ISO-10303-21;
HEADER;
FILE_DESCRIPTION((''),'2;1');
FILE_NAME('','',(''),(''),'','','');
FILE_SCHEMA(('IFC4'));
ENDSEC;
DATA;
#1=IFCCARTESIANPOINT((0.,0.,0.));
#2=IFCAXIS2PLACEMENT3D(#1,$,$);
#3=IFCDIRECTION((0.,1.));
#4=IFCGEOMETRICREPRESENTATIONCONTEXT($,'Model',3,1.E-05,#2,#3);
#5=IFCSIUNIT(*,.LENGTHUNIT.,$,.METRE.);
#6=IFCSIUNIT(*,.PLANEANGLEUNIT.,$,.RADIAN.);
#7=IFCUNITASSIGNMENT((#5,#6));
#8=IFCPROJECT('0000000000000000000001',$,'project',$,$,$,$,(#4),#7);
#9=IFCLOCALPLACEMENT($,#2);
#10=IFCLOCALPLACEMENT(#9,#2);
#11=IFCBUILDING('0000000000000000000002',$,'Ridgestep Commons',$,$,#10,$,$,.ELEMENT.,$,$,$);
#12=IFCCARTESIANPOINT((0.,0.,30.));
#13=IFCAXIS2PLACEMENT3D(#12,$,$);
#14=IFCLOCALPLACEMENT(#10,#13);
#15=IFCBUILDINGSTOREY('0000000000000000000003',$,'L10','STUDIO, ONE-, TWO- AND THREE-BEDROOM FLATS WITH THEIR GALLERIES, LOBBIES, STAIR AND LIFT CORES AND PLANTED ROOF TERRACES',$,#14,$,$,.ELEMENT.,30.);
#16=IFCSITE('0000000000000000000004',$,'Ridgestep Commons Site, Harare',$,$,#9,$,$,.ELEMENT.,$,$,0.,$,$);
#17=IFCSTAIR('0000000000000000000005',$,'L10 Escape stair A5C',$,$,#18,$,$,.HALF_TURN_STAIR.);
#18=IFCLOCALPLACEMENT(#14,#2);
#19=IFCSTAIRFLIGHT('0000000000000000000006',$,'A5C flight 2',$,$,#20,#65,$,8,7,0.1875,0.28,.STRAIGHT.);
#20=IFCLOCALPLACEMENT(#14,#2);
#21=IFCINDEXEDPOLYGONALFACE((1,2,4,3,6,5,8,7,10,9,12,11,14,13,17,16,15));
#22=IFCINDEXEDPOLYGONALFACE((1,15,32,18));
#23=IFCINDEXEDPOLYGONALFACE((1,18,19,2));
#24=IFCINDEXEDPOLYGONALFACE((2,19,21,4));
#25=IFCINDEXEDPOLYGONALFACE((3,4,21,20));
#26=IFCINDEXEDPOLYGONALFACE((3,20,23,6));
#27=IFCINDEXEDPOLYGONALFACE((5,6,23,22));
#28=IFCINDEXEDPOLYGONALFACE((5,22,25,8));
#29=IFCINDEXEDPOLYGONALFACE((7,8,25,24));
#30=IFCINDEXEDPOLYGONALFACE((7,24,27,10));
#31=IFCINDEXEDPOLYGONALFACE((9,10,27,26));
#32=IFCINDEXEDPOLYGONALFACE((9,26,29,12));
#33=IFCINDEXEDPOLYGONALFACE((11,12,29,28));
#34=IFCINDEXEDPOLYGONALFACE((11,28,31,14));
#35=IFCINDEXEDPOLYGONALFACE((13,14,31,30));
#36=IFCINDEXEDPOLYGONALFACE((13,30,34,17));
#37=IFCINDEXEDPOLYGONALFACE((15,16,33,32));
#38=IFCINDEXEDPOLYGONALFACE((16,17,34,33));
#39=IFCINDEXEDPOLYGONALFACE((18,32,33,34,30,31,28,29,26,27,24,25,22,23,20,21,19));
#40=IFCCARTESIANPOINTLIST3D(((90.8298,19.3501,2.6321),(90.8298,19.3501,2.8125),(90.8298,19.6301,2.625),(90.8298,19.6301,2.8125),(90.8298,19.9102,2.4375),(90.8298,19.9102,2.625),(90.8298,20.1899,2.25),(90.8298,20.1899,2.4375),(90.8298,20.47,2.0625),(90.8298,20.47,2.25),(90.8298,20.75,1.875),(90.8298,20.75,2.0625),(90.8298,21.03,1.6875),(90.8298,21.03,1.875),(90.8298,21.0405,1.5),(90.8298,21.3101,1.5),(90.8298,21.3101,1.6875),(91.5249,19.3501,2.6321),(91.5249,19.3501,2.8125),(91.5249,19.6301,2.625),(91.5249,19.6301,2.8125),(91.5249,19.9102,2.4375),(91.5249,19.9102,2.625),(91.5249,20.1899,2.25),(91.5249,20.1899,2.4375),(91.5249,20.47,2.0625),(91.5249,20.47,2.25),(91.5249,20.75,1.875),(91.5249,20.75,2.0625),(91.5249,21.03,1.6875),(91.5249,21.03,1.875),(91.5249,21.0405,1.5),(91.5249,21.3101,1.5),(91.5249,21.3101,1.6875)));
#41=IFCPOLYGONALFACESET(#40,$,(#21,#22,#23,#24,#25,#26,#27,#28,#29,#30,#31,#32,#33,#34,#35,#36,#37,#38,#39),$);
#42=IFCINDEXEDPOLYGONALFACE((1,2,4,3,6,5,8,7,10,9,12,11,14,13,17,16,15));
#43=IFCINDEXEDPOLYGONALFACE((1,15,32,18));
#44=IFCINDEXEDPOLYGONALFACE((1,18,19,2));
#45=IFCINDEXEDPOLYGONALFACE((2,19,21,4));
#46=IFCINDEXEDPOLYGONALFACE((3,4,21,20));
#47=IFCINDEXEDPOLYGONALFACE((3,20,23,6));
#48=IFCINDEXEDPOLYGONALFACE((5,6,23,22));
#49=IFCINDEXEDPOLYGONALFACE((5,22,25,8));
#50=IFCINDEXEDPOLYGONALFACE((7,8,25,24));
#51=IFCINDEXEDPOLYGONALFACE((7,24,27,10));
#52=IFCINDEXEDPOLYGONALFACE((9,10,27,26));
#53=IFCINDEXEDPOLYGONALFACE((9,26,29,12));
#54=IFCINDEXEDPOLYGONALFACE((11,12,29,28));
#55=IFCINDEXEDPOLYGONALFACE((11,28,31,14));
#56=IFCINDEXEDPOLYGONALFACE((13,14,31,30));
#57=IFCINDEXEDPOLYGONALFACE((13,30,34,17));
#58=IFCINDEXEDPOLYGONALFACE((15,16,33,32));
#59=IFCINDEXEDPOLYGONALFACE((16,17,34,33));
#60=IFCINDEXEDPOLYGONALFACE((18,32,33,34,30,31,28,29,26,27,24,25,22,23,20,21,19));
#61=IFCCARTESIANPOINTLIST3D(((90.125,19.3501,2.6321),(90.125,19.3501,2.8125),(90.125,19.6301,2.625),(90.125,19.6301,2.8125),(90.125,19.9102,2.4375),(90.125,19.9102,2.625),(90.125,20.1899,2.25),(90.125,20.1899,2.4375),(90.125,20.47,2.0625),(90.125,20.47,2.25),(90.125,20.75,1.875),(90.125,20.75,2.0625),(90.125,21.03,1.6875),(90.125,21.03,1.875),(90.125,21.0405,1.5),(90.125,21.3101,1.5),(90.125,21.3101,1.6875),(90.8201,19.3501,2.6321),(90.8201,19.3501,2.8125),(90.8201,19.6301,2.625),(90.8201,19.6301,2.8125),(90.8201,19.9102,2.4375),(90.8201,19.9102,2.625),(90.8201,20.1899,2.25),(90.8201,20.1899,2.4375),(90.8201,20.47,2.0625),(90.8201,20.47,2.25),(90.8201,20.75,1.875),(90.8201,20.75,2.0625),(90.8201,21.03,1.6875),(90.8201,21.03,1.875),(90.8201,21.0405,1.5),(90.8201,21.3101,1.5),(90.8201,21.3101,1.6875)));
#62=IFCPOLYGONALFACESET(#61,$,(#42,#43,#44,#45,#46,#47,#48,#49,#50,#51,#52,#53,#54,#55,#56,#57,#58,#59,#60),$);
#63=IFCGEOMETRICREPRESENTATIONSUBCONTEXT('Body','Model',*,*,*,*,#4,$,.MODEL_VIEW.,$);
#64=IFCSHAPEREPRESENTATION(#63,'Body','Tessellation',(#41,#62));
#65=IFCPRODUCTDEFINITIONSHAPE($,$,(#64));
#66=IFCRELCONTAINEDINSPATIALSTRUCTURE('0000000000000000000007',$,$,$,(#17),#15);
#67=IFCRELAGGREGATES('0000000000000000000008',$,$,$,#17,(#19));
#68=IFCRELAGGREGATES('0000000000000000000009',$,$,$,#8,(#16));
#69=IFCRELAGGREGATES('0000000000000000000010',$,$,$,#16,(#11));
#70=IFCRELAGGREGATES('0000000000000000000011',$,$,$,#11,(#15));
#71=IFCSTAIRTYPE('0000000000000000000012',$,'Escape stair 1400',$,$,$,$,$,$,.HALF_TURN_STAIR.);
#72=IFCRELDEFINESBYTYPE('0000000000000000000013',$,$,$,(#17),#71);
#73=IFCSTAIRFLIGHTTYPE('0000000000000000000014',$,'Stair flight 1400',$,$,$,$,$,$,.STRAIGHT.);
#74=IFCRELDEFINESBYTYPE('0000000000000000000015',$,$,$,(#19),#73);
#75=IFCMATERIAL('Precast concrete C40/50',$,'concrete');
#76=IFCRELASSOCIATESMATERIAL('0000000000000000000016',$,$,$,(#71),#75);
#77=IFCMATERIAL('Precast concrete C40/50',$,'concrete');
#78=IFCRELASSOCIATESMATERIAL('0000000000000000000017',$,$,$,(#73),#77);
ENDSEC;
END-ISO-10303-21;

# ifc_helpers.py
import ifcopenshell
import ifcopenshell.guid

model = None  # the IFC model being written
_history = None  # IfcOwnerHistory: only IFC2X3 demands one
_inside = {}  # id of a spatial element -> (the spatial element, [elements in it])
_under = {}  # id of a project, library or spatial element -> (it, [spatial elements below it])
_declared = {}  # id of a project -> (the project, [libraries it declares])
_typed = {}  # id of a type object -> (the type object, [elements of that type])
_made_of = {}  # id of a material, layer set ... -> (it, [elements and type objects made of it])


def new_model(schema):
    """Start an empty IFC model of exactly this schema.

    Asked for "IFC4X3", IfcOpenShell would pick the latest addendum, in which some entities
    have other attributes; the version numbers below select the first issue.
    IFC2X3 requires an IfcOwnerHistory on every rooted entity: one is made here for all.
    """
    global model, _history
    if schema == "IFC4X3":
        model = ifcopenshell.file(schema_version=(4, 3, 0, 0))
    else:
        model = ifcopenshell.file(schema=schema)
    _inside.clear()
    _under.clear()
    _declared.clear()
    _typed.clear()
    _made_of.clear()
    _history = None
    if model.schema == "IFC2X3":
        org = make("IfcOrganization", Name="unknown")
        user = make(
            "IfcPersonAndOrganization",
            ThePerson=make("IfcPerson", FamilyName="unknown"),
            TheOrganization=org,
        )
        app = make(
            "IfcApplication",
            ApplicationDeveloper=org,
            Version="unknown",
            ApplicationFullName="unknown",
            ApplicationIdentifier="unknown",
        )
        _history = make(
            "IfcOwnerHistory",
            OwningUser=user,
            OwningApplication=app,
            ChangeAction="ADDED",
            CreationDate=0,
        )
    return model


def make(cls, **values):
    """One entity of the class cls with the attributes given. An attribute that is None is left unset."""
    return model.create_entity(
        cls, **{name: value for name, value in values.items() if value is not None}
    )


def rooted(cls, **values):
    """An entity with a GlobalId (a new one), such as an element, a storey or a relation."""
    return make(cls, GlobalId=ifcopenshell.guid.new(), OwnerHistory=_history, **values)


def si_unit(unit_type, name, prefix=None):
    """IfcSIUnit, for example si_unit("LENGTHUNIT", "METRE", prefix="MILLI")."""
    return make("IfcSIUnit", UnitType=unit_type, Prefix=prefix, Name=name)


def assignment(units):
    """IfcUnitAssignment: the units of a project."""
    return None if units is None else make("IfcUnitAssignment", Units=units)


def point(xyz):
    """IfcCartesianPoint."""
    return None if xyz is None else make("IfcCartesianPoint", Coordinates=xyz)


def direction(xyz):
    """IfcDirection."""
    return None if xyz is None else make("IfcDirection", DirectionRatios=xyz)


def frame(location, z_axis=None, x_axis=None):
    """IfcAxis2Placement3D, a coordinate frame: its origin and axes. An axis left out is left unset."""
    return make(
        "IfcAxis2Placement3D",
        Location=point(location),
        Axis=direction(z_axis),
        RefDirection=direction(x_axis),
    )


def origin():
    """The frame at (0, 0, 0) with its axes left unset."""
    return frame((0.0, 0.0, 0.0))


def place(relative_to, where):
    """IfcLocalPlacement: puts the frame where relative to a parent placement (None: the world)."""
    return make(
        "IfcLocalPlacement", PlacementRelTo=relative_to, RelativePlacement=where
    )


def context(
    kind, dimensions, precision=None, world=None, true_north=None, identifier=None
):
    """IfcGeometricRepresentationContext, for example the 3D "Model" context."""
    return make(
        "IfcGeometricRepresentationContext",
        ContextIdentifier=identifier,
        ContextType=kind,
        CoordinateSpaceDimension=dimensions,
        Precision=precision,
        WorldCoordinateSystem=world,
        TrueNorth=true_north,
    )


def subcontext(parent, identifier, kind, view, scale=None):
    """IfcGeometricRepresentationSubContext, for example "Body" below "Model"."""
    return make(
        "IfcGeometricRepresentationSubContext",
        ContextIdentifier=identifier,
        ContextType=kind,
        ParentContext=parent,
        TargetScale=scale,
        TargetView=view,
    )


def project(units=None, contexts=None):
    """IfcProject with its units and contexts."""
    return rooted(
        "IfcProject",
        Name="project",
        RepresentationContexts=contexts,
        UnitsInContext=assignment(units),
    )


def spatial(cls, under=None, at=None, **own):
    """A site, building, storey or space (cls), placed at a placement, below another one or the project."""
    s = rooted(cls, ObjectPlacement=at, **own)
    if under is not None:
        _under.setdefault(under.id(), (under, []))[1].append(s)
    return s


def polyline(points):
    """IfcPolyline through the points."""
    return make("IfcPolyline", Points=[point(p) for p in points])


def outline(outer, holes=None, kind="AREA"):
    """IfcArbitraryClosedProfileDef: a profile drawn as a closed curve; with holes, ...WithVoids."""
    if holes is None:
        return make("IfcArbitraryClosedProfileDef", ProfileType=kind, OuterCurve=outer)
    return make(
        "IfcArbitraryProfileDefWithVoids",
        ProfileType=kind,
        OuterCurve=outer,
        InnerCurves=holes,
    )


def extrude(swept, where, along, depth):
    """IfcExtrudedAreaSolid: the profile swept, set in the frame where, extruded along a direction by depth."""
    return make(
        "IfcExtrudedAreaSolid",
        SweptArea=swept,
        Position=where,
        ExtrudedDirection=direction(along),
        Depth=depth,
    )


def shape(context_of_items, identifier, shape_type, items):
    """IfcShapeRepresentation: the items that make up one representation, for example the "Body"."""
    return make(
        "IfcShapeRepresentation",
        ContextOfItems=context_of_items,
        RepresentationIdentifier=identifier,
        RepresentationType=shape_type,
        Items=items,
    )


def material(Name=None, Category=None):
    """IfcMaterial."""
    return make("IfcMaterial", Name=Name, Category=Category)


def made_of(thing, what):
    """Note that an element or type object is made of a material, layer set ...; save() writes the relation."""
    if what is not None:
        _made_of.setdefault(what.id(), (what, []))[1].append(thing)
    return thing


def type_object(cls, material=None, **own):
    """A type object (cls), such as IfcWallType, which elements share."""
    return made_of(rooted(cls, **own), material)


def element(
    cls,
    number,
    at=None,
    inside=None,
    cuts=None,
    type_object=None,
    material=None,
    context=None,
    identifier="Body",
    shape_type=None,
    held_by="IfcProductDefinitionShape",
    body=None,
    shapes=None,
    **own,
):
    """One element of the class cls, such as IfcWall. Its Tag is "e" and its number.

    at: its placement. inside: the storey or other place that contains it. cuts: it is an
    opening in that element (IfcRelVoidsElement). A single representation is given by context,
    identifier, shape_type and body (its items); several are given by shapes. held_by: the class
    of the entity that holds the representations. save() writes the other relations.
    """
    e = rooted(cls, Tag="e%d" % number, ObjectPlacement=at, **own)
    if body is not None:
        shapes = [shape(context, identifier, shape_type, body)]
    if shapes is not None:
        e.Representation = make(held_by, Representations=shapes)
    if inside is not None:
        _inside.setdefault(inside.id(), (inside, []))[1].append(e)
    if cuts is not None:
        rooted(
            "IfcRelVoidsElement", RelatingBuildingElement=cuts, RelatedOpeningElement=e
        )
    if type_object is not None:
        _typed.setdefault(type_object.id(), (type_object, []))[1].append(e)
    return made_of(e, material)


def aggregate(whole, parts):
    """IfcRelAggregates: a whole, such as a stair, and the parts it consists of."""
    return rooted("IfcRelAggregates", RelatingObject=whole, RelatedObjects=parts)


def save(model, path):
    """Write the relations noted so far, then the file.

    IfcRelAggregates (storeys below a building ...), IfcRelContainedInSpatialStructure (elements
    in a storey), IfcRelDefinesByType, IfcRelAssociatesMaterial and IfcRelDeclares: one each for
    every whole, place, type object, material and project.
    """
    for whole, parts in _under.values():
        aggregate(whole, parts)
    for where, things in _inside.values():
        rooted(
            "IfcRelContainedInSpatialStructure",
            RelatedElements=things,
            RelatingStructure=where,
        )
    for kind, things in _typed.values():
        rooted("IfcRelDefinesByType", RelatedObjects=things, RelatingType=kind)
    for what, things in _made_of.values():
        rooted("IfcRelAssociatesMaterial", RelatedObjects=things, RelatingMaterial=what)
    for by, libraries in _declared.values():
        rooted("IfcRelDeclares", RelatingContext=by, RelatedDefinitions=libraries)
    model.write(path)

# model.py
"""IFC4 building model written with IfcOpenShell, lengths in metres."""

from ifc_helpers import new_model, si_unit, direction, frame, origin, place, context, subcontext, project, spatial, polyline, outline, extrude, material, type_object, element, aggregate, save


model = new_model("IFC4")

# Units and contexts
model_context = context("Model", 3, precision=1e-05, world=origin(), true_north=direction((0.0, 1.0)))
body_context = subcontext(model_context, "Body", "Model", "MODEL_VIEW")
ifc_project = project(units=[si_unit("LENGTHUNIT", "METRE"), si_unit("PLANEANGLEUNIT", "RADIAN")], contexts=[model_context])

# Site, building, storey
site_placement = place(None, origin())
site = spatial("IfcSite", under=ifc_project, at=site_placement, Name="Ridgestep Commons Site, Harare", CompositionType="ELEMENT", RefElevation=0.0)
building_placement = place(site_placement, origin())
building = spatial("IfcBuilding", under=site, at=building_placement, Name="Ridgestep Commons", CompositionType="ELEMENT")
storey_placement = place(building_placement, frame((0.0, 0.0, 30.0)))
storey = spatial("IfcBuildingStorey", under=building, at=storey_placement, Name="L10", Description="STUDIO, ONE-, TWO- AND THREE-BEDROOM FLATS WITH THEIR GALLERIES, LOBBIES, STAIR AND LIFT CORES AND PLANTED ROOF TERRACES", CompositionType="ELEMENT", Elevation=30.0)

# Stair, stair flight
ifc_material_1 = material(Name="Precast concrete C40/50", Category="concrete")
stair_type = type_object("IfcStairType", Name="Escape stair 1400", PredefinedType="HALF_TURN_STAIR", material=ifc_material_1)
stair_placement = place(storey_placement, origin())
stair = element("IfcStair", 1, at=stair_placement, inside=storey, type_object=stair_type, Name="L10 Escape stair A5C", PredefinedType="HALF_TURN_STAIR")
ifc_material_2 = material(Name="Precast concrete C40/50", Category="concrete")
stair_flight_type = type_object("IfcStairFlightType", Name="Stair flight 1400", PredefinedType="STRAIGHT", material=ifc_material_2)
stair_flight_1_placement = place(storey_placement, frame((90.825, 21.3101, 1.5), z_axis=(0.0, 0.0, 1.0), x_axis=(0.0, -1.0, 0.0)))
stair_flight_1 = element("IfcStairFlight", 2, at=stair_flight_1_placement, type_object=stair_flight_type, Name="A5C flight 2", NumberOfRisers=8, NumberOfTreads=7, PredefinedType="STRAIGHT", RiserHeight=0.1875, TreadLength=0.28, context=body_context, shape_type="SweptSolid", body=[
    extrude(outline(polyline([(0.0, 0.0), (0.0, 0.1875), (0.28, 0.1875), (0.28, 0.375), (0.5601, 0.375), (0.5601, 0.5625), (0.8401, 0.5625), (0.8401, 0.75), (1.1201, 0.75), (1.1201, 0.9375), (1.3999, 0.9375), (1.3999, 1.125), (1.6799, 1.125), (1.6799, 1.3125), (1.96, 1.3125), (1.96, 1.5), (1.96, 1.1321), (0.2695, 0.0), (0.0, 0.0)])), frame((0.0, 0.7, 0.0), z_axis=(0.0, -1.0, 0.0), x_axis=(1.0, 0.0, 0.0)), (0.0, 0.0, 1.0), 0.6951),
    extrude(outline(polyline([(0.0, 0.0), (0.0, 0.1875), (0.28, 0.1875), (0.28, 0.375), (0.5601, 0.375), (0.5601, 0.5625), (0.8401, 0.5625), (0.8401, 0.75), (1.1201, 0.75), (1.1201, 0.9375), (1.3999, 0.9375), (1.3999, 1.125), (1.6799, 1.125), (1.6799, 1.3125), (1.96, 1.3125), (1.96, 1.5), (1.96, 1.1321), (0.2695, 0.0), (0.0, 0.0)])), frame((0.0, -0.0049, 0.0), z_axis=(0.0, -1.0, 0.0), x_axis=(1.0, 0.0, 0.0)), (0.0, 0.0, 1.0), 0.6951),
])
aggregate(stair, [stair_flight_1])

save(model, "model.ifc")
